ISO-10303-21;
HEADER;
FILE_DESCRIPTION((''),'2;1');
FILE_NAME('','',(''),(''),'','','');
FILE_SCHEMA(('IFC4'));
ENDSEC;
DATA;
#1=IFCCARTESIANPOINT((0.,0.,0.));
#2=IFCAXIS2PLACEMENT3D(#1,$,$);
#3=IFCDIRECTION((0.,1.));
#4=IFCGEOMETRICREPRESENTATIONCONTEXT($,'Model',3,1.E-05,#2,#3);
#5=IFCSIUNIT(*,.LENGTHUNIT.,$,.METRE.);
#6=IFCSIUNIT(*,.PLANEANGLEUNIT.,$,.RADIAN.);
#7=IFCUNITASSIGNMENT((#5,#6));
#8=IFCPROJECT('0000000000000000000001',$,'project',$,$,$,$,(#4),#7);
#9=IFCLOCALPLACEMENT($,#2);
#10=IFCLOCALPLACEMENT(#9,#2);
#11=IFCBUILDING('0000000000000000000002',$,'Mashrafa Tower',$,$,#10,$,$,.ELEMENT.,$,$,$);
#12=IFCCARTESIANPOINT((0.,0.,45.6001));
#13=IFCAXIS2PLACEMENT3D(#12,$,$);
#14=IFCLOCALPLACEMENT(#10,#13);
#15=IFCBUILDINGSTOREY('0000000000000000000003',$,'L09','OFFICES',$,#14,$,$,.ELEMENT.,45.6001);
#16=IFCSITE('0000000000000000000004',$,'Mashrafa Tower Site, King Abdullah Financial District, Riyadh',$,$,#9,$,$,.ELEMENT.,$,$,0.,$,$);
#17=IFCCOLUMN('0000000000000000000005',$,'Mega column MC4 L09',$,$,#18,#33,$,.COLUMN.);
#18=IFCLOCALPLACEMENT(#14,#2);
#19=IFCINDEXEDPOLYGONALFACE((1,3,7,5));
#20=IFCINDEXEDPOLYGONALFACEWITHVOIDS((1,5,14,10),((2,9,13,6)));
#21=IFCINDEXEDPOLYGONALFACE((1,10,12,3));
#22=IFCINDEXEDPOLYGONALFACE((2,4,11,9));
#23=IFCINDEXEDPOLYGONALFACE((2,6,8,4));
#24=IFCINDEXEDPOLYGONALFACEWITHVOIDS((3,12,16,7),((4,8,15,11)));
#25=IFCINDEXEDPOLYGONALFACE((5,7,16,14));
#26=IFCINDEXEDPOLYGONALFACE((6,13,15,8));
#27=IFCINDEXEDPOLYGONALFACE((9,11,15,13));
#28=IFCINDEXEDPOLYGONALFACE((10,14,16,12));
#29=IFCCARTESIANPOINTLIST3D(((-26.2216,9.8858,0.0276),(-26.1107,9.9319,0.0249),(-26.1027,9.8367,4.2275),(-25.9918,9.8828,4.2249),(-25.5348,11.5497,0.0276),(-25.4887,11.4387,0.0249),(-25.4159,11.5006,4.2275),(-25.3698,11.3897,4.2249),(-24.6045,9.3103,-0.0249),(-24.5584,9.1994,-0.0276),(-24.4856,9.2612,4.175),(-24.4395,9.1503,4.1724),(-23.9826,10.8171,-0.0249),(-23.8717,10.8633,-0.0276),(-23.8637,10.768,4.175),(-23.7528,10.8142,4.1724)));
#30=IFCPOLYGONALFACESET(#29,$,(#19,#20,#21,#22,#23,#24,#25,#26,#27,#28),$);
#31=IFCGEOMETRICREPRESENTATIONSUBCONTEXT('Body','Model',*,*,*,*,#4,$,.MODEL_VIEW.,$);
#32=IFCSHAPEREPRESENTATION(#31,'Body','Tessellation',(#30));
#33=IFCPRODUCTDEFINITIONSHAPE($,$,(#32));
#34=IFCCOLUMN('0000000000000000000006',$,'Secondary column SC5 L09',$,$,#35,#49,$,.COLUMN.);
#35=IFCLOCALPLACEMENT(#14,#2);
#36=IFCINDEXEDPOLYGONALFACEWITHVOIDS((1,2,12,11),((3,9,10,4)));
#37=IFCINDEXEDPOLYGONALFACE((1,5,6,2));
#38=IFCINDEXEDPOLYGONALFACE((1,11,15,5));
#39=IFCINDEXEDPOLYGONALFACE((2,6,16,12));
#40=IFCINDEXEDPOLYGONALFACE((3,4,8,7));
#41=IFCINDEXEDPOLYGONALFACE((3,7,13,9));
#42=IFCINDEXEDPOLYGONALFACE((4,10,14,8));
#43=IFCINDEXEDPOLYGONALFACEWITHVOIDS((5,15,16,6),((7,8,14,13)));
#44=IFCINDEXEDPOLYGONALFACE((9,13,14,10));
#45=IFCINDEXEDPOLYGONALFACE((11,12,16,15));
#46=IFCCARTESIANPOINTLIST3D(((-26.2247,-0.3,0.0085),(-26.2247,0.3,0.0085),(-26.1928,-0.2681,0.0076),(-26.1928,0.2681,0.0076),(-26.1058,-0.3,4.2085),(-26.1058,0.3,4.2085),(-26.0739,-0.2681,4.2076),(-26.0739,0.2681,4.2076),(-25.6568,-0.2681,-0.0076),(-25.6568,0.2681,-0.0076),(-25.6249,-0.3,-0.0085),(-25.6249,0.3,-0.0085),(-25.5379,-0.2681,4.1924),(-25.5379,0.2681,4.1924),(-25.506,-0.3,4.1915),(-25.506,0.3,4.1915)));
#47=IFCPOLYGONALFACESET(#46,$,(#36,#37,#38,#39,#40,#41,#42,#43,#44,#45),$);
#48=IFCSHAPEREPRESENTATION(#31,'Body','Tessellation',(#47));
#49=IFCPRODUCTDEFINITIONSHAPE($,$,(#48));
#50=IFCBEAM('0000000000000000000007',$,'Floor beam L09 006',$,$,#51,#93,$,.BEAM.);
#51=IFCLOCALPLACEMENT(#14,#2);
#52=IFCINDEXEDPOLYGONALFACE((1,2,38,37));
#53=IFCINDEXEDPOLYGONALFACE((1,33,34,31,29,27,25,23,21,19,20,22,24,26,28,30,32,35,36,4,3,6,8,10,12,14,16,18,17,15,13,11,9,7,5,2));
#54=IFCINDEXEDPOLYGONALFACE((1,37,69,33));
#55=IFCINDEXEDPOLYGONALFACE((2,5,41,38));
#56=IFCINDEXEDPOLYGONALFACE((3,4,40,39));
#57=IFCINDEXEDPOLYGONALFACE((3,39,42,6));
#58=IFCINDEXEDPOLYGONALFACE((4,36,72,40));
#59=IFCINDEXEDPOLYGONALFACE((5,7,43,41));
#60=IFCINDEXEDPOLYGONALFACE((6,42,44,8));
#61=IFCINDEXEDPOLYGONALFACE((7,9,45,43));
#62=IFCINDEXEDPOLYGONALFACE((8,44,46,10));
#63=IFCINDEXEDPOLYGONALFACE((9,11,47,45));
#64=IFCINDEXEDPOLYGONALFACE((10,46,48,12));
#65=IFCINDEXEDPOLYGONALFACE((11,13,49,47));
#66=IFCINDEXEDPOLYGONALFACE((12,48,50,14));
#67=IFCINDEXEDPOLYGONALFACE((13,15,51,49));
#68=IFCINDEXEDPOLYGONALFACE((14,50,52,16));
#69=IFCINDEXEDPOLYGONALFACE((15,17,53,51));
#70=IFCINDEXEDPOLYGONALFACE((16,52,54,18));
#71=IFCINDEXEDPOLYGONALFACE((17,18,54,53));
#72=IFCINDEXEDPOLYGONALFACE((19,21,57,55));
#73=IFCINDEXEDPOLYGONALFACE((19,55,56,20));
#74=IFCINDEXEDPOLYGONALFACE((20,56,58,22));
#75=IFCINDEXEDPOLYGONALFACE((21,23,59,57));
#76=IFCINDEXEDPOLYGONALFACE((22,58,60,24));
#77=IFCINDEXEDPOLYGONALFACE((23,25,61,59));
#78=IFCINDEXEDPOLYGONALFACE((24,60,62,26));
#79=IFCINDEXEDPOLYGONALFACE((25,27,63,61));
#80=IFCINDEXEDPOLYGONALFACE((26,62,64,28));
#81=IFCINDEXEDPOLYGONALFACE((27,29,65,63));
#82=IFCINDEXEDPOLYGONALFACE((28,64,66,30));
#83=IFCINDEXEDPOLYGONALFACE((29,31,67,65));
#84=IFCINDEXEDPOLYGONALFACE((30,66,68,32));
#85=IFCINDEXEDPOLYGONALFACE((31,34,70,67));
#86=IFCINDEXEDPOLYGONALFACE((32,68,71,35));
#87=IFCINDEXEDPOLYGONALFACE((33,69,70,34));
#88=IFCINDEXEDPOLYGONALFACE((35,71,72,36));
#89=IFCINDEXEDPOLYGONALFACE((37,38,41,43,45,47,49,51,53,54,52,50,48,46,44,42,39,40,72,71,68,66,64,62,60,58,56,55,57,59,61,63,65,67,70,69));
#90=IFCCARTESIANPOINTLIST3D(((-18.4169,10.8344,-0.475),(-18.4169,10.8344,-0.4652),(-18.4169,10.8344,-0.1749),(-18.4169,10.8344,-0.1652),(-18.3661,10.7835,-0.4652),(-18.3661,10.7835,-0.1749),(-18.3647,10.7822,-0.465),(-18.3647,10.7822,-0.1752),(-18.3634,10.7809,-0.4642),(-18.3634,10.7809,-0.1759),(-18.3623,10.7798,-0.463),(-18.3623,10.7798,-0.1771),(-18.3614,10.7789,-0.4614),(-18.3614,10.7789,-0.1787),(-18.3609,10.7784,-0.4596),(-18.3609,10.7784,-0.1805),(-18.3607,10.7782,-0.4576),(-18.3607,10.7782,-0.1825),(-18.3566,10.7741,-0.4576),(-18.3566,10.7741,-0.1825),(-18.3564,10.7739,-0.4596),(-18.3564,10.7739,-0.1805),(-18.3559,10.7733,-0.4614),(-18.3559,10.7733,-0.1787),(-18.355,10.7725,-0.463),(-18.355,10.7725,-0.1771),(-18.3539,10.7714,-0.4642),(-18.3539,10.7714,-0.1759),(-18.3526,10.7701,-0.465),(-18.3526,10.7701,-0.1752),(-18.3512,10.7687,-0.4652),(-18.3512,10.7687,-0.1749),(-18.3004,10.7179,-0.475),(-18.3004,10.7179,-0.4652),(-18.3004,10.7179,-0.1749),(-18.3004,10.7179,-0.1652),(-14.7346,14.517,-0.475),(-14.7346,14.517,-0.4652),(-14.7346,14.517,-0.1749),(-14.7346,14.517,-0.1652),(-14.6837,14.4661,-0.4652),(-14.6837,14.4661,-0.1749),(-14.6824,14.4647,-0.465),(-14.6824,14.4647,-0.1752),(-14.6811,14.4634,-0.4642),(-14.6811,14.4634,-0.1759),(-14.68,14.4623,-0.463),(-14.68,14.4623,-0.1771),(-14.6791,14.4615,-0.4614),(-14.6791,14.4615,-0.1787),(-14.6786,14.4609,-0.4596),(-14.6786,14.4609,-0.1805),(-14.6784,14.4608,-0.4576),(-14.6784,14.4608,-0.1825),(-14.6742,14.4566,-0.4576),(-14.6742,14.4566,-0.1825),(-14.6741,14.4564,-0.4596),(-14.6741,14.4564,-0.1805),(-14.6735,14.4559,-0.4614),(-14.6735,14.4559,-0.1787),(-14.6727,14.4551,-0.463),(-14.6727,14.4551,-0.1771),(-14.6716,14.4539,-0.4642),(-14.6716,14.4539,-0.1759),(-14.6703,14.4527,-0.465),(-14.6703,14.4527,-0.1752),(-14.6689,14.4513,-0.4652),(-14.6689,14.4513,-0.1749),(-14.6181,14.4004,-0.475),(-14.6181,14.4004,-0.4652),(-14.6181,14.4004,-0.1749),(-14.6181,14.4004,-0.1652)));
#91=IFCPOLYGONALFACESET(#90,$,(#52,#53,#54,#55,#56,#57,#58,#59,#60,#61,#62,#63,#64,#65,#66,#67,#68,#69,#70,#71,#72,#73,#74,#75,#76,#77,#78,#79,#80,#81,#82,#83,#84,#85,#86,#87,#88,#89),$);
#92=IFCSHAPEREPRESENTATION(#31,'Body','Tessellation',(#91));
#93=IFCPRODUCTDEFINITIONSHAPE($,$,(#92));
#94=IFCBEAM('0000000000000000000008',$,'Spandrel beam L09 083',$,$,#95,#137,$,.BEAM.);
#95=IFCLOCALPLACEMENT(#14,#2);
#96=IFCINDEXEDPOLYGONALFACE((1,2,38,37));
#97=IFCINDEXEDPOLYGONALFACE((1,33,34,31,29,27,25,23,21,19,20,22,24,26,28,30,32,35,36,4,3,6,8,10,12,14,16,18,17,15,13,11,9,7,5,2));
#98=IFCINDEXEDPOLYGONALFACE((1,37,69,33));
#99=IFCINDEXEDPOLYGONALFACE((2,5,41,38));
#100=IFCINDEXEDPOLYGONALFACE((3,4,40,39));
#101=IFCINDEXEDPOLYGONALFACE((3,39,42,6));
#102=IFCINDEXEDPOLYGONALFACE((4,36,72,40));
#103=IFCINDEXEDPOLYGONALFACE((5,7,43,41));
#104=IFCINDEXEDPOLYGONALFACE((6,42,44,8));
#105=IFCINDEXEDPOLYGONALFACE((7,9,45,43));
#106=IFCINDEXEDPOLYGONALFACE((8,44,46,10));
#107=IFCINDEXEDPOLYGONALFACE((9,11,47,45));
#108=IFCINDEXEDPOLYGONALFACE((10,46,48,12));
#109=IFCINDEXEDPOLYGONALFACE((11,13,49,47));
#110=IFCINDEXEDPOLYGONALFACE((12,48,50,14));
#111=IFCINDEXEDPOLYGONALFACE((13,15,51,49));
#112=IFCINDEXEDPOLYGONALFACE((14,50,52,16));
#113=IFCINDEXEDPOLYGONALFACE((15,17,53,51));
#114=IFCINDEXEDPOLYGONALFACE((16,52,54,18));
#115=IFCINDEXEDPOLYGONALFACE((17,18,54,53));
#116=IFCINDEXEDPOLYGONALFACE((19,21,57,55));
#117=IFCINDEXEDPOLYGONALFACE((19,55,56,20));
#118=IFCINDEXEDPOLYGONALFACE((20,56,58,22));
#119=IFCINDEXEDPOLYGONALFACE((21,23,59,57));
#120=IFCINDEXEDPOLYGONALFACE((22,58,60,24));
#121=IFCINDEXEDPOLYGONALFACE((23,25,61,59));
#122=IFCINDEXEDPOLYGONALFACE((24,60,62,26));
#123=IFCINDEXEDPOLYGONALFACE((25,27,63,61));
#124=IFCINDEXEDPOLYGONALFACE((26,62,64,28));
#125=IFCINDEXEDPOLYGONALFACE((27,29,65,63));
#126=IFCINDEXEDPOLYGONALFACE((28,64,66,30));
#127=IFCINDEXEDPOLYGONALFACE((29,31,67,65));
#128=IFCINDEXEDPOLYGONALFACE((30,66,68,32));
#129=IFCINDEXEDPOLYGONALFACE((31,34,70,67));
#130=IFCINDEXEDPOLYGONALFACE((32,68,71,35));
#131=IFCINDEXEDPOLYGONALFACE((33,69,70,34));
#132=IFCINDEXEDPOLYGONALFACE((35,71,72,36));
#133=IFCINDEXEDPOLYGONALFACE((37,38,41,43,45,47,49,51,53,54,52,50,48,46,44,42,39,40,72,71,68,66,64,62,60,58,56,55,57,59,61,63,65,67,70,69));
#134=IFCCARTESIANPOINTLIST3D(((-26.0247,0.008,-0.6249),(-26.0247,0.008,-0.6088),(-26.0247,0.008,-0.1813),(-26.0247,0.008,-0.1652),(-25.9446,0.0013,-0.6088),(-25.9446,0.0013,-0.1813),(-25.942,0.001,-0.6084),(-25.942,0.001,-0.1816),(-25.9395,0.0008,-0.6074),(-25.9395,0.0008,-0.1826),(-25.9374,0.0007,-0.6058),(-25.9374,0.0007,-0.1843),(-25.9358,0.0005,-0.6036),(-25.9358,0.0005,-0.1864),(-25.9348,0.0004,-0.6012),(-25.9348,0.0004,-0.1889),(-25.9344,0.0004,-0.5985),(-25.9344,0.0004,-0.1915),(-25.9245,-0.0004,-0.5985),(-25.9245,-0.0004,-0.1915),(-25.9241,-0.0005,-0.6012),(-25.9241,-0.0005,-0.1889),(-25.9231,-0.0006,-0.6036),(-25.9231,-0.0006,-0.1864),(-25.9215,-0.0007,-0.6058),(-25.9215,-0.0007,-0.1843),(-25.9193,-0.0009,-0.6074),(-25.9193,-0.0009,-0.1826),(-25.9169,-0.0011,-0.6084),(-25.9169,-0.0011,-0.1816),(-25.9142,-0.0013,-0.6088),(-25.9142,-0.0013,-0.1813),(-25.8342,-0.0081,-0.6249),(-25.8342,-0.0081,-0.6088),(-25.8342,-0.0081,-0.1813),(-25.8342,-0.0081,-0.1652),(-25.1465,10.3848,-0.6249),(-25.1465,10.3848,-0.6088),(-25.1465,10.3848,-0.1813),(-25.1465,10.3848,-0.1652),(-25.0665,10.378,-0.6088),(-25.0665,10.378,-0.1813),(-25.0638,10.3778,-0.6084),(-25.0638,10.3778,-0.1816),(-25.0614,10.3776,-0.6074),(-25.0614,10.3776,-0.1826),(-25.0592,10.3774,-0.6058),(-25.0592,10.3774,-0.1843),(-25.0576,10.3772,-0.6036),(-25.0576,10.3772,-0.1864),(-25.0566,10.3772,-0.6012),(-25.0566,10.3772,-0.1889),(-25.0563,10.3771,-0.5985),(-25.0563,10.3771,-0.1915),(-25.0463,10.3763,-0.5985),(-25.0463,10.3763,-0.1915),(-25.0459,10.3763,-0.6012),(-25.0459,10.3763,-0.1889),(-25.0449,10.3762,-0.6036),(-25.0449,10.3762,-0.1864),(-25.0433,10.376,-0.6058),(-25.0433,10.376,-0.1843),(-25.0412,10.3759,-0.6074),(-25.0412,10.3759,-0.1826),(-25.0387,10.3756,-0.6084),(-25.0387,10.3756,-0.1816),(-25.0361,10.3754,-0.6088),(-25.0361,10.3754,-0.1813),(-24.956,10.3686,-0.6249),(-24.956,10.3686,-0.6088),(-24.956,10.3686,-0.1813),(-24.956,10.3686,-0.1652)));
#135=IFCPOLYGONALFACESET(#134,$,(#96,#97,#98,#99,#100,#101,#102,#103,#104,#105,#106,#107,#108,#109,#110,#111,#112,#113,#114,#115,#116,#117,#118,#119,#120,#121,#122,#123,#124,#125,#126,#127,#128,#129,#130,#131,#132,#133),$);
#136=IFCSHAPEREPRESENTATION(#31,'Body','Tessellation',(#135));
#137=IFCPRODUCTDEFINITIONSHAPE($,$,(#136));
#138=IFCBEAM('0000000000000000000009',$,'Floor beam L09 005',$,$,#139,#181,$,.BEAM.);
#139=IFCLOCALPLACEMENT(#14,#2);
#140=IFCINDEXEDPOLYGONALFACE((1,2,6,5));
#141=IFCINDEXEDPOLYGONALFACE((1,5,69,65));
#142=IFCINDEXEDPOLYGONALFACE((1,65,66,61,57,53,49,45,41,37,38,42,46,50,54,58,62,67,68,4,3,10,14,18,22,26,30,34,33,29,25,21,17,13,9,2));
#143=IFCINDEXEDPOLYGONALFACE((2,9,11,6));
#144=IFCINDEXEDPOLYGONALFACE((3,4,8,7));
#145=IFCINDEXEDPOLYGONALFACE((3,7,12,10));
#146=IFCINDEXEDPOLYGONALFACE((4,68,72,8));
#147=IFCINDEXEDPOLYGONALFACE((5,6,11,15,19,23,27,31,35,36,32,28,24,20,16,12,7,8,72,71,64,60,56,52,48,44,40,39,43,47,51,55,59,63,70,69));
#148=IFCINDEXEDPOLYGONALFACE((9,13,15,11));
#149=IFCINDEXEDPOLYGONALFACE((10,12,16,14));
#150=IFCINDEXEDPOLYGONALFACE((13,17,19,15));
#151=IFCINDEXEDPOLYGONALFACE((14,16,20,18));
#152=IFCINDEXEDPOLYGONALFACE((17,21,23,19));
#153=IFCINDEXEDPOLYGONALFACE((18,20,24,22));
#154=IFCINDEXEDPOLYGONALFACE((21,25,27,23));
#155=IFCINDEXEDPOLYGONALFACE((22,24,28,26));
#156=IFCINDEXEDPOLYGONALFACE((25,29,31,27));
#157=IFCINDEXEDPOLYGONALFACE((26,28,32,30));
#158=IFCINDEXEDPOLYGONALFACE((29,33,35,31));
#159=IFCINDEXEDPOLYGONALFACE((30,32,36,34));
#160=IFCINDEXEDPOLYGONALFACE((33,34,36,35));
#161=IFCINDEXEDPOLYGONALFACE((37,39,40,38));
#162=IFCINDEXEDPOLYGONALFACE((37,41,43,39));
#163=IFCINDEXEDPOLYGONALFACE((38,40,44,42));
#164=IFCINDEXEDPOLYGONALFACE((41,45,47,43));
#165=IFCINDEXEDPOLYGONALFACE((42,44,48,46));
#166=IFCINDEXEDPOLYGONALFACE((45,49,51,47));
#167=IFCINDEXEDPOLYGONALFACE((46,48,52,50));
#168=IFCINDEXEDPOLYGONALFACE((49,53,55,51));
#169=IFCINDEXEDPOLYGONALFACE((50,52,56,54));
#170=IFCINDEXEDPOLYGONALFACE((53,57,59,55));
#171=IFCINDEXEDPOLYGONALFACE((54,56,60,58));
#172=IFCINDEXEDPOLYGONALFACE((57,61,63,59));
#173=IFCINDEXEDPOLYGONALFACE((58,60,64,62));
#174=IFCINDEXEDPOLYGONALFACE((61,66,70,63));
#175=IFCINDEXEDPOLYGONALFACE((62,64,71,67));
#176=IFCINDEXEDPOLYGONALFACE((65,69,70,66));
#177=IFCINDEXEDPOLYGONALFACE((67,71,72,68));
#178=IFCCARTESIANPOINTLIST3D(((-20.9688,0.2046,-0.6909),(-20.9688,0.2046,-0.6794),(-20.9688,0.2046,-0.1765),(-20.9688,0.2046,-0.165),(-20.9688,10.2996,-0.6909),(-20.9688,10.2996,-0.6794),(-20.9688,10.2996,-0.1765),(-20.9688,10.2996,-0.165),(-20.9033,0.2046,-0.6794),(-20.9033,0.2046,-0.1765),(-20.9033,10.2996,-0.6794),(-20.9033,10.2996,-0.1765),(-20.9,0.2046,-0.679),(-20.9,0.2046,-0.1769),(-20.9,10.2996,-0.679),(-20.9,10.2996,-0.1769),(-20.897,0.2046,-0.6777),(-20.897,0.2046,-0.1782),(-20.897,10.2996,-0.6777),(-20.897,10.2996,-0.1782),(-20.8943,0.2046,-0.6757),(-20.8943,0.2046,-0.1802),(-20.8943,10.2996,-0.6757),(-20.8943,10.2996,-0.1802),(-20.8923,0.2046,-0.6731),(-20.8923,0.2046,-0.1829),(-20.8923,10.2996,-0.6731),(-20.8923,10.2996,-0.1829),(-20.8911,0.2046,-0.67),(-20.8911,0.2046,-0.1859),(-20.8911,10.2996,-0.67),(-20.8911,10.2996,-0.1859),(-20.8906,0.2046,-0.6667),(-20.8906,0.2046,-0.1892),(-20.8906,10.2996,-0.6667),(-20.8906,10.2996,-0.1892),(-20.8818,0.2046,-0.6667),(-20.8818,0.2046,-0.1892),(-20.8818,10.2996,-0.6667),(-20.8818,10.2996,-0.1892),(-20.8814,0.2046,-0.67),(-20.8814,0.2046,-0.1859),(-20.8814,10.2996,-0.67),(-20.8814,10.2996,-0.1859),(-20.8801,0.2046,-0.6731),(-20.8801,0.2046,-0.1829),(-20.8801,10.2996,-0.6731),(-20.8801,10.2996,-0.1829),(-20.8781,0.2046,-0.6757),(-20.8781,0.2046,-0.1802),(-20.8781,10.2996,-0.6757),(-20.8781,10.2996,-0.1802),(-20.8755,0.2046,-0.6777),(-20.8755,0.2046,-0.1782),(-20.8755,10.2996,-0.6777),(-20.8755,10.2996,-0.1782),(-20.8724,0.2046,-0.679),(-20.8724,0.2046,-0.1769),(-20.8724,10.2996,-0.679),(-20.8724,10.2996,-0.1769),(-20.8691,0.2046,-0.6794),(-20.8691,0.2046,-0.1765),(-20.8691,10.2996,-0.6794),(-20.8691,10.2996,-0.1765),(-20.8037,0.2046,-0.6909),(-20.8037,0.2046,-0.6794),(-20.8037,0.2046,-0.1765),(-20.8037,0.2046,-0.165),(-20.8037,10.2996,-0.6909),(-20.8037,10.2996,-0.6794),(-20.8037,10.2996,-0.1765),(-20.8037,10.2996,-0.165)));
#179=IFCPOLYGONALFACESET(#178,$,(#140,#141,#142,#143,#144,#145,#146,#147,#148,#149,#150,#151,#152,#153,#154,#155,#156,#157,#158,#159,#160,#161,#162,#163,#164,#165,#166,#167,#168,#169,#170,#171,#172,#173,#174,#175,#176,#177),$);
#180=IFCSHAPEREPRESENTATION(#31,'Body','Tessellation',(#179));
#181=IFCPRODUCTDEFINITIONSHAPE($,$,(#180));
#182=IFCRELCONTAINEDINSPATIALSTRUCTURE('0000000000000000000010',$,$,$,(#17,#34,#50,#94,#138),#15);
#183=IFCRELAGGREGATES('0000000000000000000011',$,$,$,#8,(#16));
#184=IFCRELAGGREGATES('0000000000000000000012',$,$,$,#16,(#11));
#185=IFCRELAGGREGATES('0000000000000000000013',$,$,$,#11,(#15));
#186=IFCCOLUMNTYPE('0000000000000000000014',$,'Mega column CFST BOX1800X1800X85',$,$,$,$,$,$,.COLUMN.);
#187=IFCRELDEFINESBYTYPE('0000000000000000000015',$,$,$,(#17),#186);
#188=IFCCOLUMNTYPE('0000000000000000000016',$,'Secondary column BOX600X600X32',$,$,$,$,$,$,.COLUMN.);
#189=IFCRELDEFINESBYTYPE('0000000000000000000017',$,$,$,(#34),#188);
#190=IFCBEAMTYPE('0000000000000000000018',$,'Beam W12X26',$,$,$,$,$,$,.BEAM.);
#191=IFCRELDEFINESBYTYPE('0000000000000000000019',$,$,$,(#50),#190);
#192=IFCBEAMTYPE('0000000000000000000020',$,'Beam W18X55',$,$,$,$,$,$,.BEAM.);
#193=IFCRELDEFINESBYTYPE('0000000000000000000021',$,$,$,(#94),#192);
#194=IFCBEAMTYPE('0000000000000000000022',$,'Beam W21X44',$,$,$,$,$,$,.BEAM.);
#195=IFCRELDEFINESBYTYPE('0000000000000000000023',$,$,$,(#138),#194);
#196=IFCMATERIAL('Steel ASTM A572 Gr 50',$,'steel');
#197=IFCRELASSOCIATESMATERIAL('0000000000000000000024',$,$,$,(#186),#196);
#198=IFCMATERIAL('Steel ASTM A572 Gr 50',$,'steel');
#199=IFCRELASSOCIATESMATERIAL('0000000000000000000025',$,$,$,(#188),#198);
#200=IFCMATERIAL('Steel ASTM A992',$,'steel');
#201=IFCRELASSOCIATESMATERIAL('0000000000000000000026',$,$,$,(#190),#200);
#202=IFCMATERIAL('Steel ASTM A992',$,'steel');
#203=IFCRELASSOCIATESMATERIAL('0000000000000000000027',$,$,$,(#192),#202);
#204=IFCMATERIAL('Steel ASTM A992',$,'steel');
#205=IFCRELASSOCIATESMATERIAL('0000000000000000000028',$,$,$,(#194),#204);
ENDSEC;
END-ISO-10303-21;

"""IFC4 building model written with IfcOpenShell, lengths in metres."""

from ifc_helpers import new_model, si_unit, direction, frame, origin, origin_2d, place, context, subcontext, project, spatial, hollow_rectangle, i_section, extrude, material, material_profile, profile_set, type_object, element, save


model = new_model("IFC4")

# Units and contexts
model_context = context("Model", 3, precision=1e-05, world=origin(), true_north=direction((0.0, 1.0)))
body_context = subcontext(model_context, "Body", "Model", "MODEL_VIEW")
ifc_project = project(units=[si_unit("LENGTHUNIT", "METRE"), si_unit("PLANEANGLEUNIT", "RADIAN")], contexts=[model_context])

# Site, building, storey
site_placement = place(None, origin())
site = spatial("IfcSite", under=ifc_project, at=site_placement, Name="Mashrafa Tower Site, King Abdullah Financial District, Riyadh", CompositionType="ELEMENT", RefElevation=0.0)
building_placement = place(site_placement, origin())
building = spatial("IfcBuilding", under=site, at=building_placement, Name="Mashrafa Tower", CompositionType="ELEMENT")
storey_placement = place(building_placement, frame((0.0, 0.0, 45.6001)))
storey = spatial("IfcBuildingStorey", under=building, at=storey_placement, Name="L09", Description="OFFICES", CompositionType="ELEMENT", Elevation=45.6001)

# Columns
ifc_material_1 = material(Name="Steel ASTM A572 Gr 50", Category="steel")
ifc_material_profile_1 = material_profile(ifc_material_1, hollow_rectangle(XDim=1.8, YDim=1.8, WallThickness=0.085, at=origin_2d()), Name="BOX1800X1800X85")
ifc_profile_set_1 = profile_set([ifc_material_profile_1], Name="Steel ASTM A572 Gr 50")
column_type_1 = type_object("IfcColumnType", Name="Mega column CFST BOX1800X1800X85", PredefinedType="COLUMN", material=ifc_profile_set_1)
column_1_placement = place(storey_placement, frame((-25.0466, 10.3745, 0.0), z_axis=(0.028296, -0.011679, 0.999531), x_axis=(0.381513, 0.924363, 0.0)))
element("IfcColumn", 1, at=column_1_placement, inside=storey, type_object=column_type_1, Name="Mega column MC4 L09", PredefinedType="COLUMN", context=body_context, shape_type="SweptSolid", body=[
    extrude(hollow_rectangle(XDim=1.8, YDim=1.8, WallThickness=0.085, at=origin_2d()), origin(), (0.0, 0.0, 1.0), 4.2019),
])
ifc_material_2 = material(Name="Steel ASTM A572 Gr 50", Category="steel")
ifc_material_profile_2 = material_profile(ifc_material_2, hollow_rectangle(XDim=0.6001, YDim=0.6001, WallThickness=0.032, at=origin_2d()), Name="BOX600X600X32")
ifc_profile_set_2 = profile_set([ifc_material_profile_2], Name="Steel ASTM A572 Gr 50")
column_type_2 = type_object("IfcColumnType", Name="Secondary column BOX600X600X32", PredefinedType="COLUMN", material=ifc_profile_set_2)
column_2_placement = place(storey_placement, frame((-25.9248, 0.0, 0.0), z_axis=(0.028298, 0.0, 0.9996), x_axis=(0.0, 1.0, 0.0)))
element("IfcColumn", 2, at=column_2_placement, inside=storey, type_object=column_type_2, Name="Secondary column SC5 L09", PredefinedType="COLUMN", context=body_context, shape_type="SweptSolid", body=[
    extrude(hollow_rectangle(XDim=0.6001, YDim=0.6001, WallThickness=0.032, at=origin_2d()), origin(), (0.0, 0.0, 1.0), 4.2017),
])

# Beams
ifc_material_3 = material(Name="Steel ASTM A992", Category="steel")
ifc_material_profile_3 = material_profile(ifc_material_3, i_section(OverallWidth=0.1648, OverallDepth=0.3098, WebThickness=0.0059, FlangeThickness=0.0098, FilletRadius=0.0076, at=origin_2d()), Name="W12X26")
ifc_profile_set_3 = profile_set([ifc_material_profile_3], Name="Steel ASTM A992")
beam_type_1 = type_object("IfcBeamType", Name="Beam W12X26", PredefinedType="BEAM", material=ifc_profile_set_3)
beam_1_placement = place(storey_placement, frame((-18.3586, 10.7761, -0.3201), z_axis=(0.707083, 0.70713, 0.0), x_axis=(-0.70713, 0.707083, 0.0)))
element("IfcBeam", 3, at=beam_1_placement, inside=storey, type_object=beam_type_1, Name="Floor beam L09 006", PredefinedType="BEAM", context=body_context, shape_type="SweptSolid", body=[
    extrude(i_section(OverallWidth=0.1648, OverallDepth=0.3098, WebThickness=0.0059, FlangeThickness=0.0098, FilletRadius=0.0076, at=origin_2d()), origin(), (0.0, 0.0, 1.0), 5.2078),
])
ifc_material_4 = material(Name="Steel ASTM A992", Category="steel")
ifc_material_profile_4 = material_profile(ifc_material_4, i_section(OverallWidth=0.1912, OverallDepth=0.4597, WebThickness=0.01, FlangeThickness=0.0161, FilletRadius=0.0103, at=origin_2d()), Name="W18X55")
ifc_profile_set_4 = profile_set([ifc_material_profile_4], Name="Steel ASTM A992")
beam_type_2 = type_object("IfcBeamType", Name="Beam W18X55", PredefinedType="BEAM", material=ifc_profile_set_4)
beam_2_placement = place(storey_placement, frame((-25.0513, 10.3767, -0.395), z_axis=(-0.084328, -0.996438, 0.0), x_axis=(0.996438, -0.084328, 0.0)))
element("IfcBeam", 4, at=beam_2_placement, inside=storey, type_object=beam_type_2, Name="Spandrel beam L09 083", PredefinedType="BEAM", context=body_context, shape_type="SweptSolid", body=[
    extrude(i_section(OverallWidth=0.1912, OverallDepth=0.4597, WebThickness=0.01, FlangeThickness=0.0161, FilletRadius=0.0103, at=origin_2d()), origin(), (0.0, 0.0, 1.0), 10.4138),
])
ifc_material_5 = material(Name="Steel ASTM A992", Category="steel")
ifc_material_profile_5 = material_profile(ifc_material_5, i_section(OverallWidth=0.165, OverallDepth=0.5259, WebThickness=0.0088, FlangeThickness=0.0115, FilletRadius=0.0127, at=origin_2d()), Name="W21X44")
ifc_profile_set_5 = profile_set([ifc_material_profile_5], Name="Steel ASTM A992")
beam_type_3 = type_object("IfcBeamType", Name="Beam W21X44", PredefinedType="BEAM", material=ifc_profile_set_5)
beam_3_placement = place(storey_placement, frame((-20.8862, 0.2046, -0.428), z_axis=(0.0, 1.0, 0.0), x_axis=(-1.0, 0.0, 0.0)))
element("IfcBeam", 5, at=beam_3_placement, inside=storey, type_object=beam_type_3, Name="Floor beam L09 005", PredefinedType="BEAM", context=body_context, shape_type="SweptSolid", body=[
    extrude(i_section(OverallWidth=0.165, OverallDepth=0.5259, WebThickness=0.0088, FlangeThickness=0.0115, FilletRadius=0.0127, at=origin_2d()), origin(), (0.0, 0.0, 1.0), 10.095),
])

save(model, "model.ifc")
